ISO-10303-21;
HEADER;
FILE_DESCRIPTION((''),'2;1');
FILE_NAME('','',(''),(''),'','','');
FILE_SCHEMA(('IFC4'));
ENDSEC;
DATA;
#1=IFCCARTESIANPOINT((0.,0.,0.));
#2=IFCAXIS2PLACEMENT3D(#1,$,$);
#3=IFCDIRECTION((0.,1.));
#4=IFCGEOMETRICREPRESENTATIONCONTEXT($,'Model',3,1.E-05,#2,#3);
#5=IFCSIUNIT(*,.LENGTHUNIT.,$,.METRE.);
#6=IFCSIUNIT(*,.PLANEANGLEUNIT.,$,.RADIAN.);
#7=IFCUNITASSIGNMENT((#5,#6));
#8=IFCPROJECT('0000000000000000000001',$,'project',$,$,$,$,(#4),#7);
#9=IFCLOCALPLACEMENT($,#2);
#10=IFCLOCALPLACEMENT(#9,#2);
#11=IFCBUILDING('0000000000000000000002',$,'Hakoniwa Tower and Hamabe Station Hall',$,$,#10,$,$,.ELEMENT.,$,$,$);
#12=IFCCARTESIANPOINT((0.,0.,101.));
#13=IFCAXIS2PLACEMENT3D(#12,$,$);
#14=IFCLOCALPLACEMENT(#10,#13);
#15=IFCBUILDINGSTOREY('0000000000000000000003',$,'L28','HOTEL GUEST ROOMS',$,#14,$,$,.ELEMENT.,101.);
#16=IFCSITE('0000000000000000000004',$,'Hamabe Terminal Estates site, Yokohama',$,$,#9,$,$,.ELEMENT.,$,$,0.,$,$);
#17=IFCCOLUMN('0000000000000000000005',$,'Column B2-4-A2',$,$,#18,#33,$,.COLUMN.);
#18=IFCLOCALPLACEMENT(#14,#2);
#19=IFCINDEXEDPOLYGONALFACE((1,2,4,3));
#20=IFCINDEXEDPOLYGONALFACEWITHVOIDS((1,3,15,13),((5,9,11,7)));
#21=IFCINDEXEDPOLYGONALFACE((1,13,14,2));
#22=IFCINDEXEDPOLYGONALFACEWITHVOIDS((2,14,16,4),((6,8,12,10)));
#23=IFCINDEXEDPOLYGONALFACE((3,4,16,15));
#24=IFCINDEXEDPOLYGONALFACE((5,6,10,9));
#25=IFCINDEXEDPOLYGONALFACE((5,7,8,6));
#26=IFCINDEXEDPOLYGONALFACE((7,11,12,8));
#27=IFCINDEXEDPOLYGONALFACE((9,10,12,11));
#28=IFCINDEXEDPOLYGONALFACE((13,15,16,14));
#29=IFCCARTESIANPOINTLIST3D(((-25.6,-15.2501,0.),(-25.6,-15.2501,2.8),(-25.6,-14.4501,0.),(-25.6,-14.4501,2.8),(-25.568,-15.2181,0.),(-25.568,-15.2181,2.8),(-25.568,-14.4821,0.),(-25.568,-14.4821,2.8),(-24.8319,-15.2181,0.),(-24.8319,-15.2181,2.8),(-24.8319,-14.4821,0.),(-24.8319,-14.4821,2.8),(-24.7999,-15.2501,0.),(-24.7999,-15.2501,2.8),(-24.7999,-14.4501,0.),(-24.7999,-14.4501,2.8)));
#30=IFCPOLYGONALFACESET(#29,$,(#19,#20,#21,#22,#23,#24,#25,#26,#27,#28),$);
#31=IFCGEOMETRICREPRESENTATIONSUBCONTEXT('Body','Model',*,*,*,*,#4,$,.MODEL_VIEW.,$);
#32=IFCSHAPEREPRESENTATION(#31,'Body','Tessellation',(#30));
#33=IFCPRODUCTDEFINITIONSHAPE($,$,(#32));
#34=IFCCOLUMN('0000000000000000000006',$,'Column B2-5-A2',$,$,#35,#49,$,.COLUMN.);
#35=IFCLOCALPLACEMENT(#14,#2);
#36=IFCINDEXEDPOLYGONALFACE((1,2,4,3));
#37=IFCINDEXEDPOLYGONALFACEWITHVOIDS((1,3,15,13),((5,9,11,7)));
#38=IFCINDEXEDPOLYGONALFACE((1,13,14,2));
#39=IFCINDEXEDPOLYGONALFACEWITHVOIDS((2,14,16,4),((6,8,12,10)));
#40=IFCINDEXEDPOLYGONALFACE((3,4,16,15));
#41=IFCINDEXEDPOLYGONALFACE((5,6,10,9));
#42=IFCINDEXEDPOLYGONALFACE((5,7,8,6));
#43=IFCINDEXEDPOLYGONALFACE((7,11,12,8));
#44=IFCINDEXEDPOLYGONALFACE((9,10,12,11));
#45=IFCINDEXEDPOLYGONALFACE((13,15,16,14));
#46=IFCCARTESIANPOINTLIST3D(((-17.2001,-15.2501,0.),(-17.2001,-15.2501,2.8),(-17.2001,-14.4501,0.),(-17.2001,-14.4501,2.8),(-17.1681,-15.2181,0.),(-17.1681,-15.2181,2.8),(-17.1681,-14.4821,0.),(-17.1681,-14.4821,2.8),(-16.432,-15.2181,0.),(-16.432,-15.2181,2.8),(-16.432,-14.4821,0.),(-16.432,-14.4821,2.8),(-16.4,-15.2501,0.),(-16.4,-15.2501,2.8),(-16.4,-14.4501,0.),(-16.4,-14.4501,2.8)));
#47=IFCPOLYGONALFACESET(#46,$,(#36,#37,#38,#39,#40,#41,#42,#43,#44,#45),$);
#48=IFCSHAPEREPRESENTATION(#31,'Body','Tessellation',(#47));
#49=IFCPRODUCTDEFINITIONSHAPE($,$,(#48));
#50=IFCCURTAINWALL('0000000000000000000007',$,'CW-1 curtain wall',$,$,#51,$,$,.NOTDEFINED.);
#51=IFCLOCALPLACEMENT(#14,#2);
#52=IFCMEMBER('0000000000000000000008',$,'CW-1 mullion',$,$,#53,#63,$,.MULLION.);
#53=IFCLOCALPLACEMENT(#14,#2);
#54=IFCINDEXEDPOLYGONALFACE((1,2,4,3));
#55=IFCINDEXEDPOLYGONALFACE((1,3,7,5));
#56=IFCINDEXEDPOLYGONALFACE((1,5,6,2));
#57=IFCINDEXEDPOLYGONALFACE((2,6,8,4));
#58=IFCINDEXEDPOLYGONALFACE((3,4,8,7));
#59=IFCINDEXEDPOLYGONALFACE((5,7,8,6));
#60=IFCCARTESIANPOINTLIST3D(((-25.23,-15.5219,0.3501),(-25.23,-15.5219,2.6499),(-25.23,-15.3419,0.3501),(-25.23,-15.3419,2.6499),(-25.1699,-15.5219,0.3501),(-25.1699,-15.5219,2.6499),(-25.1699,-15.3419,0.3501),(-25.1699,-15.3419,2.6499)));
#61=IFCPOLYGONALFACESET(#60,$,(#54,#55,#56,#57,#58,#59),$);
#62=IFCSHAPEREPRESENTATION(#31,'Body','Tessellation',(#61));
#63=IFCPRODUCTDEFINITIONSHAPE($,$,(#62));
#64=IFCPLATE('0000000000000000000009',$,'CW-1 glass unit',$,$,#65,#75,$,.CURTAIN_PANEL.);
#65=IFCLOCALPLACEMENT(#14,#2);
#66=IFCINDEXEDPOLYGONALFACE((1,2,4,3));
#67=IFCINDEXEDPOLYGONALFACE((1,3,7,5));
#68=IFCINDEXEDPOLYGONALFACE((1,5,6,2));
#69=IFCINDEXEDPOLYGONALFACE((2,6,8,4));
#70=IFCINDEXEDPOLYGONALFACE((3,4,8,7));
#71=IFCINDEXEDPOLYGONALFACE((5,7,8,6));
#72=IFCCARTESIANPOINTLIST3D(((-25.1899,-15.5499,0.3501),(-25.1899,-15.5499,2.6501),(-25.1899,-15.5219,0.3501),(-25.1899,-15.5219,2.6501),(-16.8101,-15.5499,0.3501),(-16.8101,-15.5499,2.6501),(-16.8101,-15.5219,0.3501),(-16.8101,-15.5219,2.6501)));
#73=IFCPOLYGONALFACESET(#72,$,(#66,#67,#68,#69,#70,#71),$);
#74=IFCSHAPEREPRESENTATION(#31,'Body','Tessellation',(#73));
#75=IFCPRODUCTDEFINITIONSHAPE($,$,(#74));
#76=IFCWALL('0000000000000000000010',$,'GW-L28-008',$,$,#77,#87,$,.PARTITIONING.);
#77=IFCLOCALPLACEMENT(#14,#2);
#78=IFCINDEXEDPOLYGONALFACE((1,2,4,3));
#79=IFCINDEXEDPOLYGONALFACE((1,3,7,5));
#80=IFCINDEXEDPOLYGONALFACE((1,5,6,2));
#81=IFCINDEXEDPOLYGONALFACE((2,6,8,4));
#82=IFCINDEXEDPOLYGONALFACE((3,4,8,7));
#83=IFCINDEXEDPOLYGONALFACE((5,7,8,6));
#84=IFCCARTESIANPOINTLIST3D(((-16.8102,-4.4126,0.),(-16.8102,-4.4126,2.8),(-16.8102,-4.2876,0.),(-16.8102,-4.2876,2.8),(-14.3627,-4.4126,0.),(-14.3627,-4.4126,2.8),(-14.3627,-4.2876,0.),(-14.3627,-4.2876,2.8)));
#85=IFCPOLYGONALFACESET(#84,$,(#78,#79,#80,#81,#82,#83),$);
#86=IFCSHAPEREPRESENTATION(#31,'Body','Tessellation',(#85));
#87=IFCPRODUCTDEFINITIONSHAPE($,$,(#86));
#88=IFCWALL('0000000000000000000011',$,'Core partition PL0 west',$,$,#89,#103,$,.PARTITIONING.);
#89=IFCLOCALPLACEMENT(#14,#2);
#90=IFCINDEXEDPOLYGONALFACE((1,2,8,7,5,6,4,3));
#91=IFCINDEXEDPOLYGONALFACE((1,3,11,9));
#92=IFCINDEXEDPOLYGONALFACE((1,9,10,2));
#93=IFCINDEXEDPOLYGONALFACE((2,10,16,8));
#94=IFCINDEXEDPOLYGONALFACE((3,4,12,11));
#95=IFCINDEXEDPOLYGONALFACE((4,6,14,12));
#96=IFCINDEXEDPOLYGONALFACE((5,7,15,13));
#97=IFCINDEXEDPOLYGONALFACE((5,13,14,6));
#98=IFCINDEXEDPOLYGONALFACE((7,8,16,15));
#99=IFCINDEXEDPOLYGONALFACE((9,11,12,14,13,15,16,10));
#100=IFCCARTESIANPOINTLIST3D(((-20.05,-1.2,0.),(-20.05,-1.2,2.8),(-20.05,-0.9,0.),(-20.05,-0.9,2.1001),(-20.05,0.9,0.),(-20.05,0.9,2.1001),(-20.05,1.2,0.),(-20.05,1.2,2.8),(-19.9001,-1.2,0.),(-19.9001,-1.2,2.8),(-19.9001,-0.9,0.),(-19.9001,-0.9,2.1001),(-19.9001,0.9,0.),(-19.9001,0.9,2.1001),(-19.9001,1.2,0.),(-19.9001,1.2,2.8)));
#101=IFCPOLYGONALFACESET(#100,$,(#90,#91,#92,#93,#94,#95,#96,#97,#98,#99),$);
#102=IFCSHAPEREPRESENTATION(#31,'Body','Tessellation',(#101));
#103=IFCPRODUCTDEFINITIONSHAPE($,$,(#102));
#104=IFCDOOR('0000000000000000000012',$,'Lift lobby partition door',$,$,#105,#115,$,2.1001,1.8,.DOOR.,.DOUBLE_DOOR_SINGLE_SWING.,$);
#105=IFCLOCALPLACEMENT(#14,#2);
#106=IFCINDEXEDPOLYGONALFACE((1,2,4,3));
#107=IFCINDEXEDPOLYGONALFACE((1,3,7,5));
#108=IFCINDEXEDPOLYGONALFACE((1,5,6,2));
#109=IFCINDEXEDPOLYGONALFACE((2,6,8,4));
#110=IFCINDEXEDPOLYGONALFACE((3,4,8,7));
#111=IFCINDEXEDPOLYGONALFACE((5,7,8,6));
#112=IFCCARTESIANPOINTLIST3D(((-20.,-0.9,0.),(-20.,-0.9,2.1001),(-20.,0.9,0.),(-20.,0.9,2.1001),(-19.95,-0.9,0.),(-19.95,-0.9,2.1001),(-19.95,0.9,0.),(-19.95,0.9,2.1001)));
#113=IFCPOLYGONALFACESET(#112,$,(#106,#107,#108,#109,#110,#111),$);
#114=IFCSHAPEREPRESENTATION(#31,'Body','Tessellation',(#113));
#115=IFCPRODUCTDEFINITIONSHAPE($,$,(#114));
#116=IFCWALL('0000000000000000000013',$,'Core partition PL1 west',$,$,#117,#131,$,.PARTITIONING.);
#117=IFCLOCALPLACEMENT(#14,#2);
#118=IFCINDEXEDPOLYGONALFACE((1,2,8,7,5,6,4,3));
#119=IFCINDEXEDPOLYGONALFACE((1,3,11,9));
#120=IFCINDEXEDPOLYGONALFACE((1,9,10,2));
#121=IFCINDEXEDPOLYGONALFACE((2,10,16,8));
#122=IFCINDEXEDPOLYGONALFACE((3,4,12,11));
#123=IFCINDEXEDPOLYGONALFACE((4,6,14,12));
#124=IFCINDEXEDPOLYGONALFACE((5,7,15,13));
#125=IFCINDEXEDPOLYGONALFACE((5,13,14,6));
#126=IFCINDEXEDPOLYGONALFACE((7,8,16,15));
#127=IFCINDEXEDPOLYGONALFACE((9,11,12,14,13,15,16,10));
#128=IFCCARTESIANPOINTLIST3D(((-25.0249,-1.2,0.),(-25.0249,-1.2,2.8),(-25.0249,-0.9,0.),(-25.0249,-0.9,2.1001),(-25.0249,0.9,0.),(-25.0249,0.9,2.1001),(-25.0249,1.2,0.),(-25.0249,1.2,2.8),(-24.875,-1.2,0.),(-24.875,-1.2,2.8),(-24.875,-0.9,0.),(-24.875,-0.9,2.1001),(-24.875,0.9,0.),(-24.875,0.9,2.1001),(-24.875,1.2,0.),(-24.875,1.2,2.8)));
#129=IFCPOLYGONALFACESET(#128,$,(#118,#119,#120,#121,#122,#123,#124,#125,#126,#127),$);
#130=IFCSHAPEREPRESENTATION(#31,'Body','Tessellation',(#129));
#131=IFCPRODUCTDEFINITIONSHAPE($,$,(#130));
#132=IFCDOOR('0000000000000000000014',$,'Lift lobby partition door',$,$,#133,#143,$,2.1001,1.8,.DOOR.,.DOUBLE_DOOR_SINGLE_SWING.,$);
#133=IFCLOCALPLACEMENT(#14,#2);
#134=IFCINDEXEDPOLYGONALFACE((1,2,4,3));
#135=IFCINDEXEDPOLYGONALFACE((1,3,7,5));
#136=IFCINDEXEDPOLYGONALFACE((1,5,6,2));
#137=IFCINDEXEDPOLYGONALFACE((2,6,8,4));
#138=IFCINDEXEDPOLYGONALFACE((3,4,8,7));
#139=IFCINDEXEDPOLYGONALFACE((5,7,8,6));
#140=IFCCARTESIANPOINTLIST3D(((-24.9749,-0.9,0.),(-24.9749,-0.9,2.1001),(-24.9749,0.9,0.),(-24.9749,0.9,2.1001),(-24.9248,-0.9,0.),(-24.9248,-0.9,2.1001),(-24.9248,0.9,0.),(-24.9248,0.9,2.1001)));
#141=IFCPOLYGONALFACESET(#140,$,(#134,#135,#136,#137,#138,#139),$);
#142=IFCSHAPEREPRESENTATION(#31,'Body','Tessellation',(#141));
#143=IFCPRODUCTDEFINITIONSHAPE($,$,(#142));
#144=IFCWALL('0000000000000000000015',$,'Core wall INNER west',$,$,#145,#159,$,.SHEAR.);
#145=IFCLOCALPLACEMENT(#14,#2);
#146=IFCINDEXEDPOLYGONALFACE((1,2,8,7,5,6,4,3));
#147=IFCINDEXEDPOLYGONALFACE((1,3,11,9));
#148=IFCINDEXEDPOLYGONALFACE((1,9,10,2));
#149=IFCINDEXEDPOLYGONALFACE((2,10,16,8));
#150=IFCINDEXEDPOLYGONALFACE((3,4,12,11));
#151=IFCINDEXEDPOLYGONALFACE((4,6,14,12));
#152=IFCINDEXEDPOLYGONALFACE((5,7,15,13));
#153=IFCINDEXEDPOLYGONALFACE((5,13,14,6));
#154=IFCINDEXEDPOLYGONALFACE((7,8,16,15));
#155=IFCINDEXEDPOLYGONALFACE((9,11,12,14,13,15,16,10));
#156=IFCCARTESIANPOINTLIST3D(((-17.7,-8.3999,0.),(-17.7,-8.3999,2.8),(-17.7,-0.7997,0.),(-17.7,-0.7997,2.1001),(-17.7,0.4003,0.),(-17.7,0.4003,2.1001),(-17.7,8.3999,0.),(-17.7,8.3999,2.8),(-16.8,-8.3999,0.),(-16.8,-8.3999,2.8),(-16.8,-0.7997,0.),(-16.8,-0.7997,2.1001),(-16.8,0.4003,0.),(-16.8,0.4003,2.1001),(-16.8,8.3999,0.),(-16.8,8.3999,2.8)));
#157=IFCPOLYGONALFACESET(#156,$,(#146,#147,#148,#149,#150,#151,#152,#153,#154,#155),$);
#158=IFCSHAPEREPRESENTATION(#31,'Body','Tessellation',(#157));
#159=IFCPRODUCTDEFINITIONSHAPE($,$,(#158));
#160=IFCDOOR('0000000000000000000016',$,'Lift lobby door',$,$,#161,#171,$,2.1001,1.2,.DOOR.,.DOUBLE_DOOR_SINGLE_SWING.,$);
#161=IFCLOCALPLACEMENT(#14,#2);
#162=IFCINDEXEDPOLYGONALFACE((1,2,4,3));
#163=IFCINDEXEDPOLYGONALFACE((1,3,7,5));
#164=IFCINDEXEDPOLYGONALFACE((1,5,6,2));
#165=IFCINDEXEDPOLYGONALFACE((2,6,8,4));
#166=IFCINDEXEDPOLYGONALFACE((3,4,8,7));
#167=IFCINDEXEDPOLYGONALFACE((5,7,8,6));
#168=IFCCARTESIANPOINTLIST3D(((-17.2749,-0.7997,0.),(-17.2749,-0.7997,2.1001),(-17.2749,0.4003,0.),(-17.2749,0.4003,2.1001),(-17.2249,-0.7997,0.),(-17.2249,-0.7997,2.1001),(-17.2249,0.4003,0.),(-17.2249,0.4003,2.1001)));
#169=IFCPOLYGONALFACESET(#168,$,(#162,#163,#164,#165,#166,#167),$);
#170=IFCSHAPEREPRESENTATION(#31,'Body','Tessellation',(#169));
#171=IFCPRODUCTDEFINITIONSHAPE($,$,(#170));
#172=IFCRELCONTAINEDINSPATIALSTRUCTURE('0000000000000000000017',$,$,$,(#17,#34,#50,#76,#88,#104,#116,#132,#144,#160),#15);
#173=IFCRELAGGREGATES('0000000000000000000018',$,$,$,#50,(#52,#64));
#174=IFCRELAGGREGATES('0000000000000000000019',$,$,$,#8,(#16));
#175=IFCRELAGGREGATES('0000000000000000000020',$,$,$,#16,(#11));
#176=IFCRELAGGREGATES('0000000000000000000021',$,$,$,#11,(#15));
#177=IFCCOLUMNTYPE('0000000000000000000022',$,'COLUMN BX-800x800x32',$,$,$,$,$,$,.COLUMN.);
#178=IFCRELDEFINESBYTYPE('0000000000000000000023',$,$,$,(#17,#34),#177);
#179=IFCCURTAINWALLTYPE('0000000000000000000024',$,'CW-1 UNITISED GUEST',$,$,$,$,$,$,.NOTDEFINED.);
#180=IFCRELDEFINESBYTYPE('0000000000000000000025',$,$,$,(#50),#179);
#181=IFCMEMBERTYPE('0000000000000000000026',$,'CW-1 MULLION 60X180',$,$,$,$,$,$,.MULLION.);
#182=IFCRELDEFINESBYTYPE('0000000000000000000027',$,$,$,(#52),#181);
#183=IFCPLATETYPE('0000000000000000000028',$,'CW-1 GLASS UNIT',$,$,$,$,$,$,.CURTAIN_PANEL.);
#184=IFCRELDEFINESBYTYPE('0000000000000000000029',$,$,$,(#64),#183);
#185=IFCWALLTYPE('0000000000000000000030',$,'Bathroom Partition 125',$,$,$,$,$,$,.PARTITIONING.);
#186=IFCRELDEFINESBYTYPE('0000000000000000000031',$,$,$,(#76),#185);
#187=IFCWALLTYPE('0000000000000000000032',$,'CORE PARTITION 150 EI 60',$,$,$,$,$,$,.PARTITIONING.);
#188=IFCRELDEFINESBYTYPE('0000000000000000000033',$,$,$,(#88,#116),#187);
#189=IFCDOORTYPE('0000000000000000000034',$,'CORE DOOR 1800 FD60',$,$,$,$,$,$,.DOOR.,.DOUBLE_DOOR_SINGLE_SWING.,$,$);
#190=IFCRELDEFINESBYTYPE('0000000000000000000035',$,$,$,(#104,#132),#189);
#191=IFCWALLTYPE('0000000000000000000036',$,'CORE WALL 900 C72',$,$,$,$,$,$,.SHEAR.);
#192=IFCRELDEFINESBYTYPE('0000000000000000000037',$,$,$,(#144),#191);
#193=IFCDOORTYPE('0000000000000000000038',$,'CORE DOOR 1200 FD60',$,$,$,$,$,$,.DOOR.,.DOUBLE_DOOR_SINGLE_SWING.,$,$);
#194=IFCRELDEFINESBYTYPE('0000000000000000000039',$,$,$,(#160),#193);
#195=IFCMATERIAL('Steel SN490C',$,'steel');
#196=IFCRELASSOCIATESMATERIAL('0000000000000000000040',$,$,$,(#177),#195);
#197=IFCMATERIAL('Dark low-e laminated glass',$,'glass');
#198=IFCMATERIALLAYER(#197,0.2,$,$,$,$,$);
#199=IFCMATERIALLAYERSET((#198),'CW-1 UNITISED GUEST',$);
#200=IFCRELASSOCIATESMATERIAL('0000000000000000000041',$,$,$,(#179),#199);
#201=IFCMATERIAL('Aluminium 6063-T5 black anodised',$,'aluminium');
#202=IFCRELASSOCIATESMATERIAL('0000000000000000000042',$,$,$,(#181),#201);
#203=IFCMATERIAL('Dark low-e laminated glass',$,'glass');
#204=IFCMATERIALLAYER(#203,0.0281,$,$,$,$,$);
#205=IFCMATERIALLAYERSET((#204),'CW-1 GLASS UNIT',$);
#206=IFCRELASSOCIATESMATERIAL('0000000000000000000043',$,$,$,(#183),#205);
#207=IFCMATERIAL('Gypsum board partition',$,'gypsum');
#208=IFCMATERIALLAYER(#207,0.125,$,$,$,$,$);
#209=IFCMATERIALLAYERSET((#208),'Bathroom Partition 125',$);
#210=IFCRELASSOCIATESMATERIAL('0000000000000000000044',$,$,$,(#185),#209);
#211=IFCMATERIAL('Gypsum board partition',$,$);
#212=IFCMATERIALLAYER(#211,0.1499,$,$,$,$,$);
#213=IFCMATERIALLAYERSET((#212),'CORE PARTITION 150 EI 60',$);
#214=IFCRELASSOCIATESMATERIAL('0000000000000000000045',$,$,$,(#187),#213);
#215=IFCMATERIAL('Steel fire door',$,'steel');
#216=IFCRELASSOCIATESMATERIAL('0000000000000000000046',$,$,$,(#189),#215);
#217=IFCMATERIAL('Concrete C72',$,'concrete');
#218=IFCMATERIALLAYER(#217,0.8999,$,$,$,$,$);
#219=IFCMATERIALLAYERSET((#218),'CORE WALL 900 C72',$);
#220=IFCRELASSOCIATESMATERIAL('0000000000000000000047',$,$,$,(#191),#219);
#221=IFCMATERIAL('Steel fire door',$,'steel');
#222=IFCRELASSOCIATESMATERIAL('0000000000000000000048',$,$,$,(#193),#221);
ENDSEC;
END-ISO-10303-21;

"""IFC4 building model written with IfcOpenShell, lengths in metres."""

from ifc_helpers import new_model, si_unit, direction, frame, frame_2d, origin, origin_2d, place, context, subcontext, project, spatial, rectangle, hollow_rectangle, extrude, material, layer, layer_set, material_profile, profile_set, type_object, element, fill, aggregate, save


model = new_model("IFC4")

# Units and contexts
model_context = context("Model", 3, precision=1e-05, world=origin(), true_north=direction((0.0, 1.0)))
body_context = subcontext(model_context, "Body", "Model", "MODEL_VIEW")
ifc_project = project(units=[si_unit("LENGTHUNIT", "METRE"), si_unit("PLANEANGLEUNIT", "RADIAN")], contexts=[model_context])

# Site, building, storey
site_placement = place(None, origin())
site = spatial("IfcSite", under=ifc_project, at=site_placement, Name="Hamabe Terminal Estates site, Yokohama", CompositionType="ELEMENT", RefElevation=0.0)
building_placement = place(site_placement, origin())
building = spatial("IfcBuilding", under=site, at=building_placement, Name="Hakoniwa Tower and Hamabe Station Hall", CompositionType="ELEMENT")
storey_placement = place(building_placement, frame((0.0, 0.0, 101.0)))
storey = spatial("IfcBuildingStorey", under=building, at=storey_placement, Name="L28", Description="HOTEL GUEST ROOMS", CompositionType="ELEMENT", Elevation=101.0)

# Columns
ifc_material_1 = material(Name="Steel SN490C", Category="steel")
ifc_material_profile_1 = material_profile(ifc_material_1, hollow_rectangle(XDim=0.8, YDim=0.8, WallThickness=0.032, at=origin_2d()), Name="BX-800x800x32")
ifc_profile_set_1 = profile_set([ifc_material_profile_1], Name="Steel SN490C")
column_type = type_object("IfcColumnType", Name="COLUMN BX-800x800x32", PredefinedType="COLUMN", material=ifc_profile_set_1)
for number, where, z_axis, x_axis, name in (
    (1, (-25.2, -14.8501, 0.0), (0.0, 0.0, 1.0), (1.0, 0.0, 0.0), "Column B2-4-A2"),
    (2, (-16.8, -14.8501, 0.0), (0.0, 0.0, 1.0), (1.0, 0.0, 0.0), "Column B2-5-A2"),
):
    element("IfcColumn", number, at=place(storey_placement, frame(where, z_axis=z_axis, x_axis=x_axis)), inside=storey, type_object=column_type, Name=name, PredefinedType="COLUMN", context=body_context, shape_type="SweptSolid", body=[
        extrude(hollow_rectangle(XDim=0.8, YDim=0.8, WallThickness=0.032, at=origin_2d()), origin(), (0.0, 0.0, 1.0), 2.8),
    ])

# Curtain wall, member, plate
ifc_material_2 = material(Name="Dark low-e laminated glass", Category="glass")
ifc_layer_1 = layer(ifc_material_2, 0.2)
ifc_layer_set_1 = layer_set([ifc_layer_1], Name="CW-1 UNITISED GUEST")
curtain_wall_type = type_object("IfcCurtainWallType", Name="CW-1 UNITISED GUEST", PredefinedType="NOTDEFINED", material=ifc_layer_set_1)
curtain_wall_placement = place(storey_placement, origin())
curtain_wall = element("IfcCurtainWall", 3, at=curtain_wall_placement, inside=storey, type_object=curtain_wall_type, Name="CW-1 curtain wall", PredefinedType="NOTDEFINED")
ifc_material_3 = material(Name="Aluminium 6063-T5 black anodised", Category="aluminium")
ifc_material_profile_2 = material_profile(ifc_material_3, rectangle(XDim=0.0601, YDim=0.1799, at=origin_2d()), Name="CW-1 MULLION 60X180")
ifc_profile_set_2 = profile_set([ifc_material_profile_2], Name="Aluminium 6063-T5 black anodised")
member_type = type_object("IfcMemberType", Name="CW-1 MULLION 60X180", PredefinedType="MULLION", material=ifc_profile_set_2)
member_placement = place(storey_placement, frame((-25.2, -15.4319, 0.3501), z_axis=(0.0, 0.0, 1.0), x_axis=(1.0, 0.0, 0.0)))
member = element("IfcMember", 4, at=member_placement, type_object=member_type, Name="CW-1 mullion", PredefinedType="MULLION", context=body_context, shape_type="SweptSolid", body=[
    extrude(rectangle(XDim=0.0601, YDim=0.1799, at=origin_2d()), origin(), (0.0, 0.0, 1.0), 2.2998),
])
ifc_material_4 = material(Name="Dark low-e laminated glass", Category="glass")
ifc_layer_2 = layer(ifc_material_4, 0.0281)
ifc_layer_set_2 = layer_set([ifc_layer_2], Name="CW-1 GLASS UNIT")
plate_type = type_object("IfcPlateType", Name="CW-1 GLASS UNIT", PredefinedType="CURTAIN_PANEL", material=ifc_layer_set_2)
plate_placement = place(storey_placement, frame((-21.0, -15.5359, 0.3501), z_axis=(0.0, 0.0, 1.0), x_axis=(1.0, 0.0, 0.0)))
plate = element("IfcPlate", 5, at=plate_placement, type_object=plate_type, Name="CW-1 glass unit", PredefinedType="CURTAIN_PANEL", context=body_context, shape_type="SweptSolid", body=[
    extrude(rectangle(XDim=8.3799, YDim=0.0281, at=origin_2d()), origin(), (0.0, 0.0, 1.0), 2.3),
])
aggregate(curtain_wall, [member, plate])

# Wall
ifc_material_5 = material(Name="Gypsum board partition", Category="gypsum")
ifc_layer_3 = layer(ifc_material_5, 0.125)
ifc_layer_set_3 = layer_set([ifc_layer_3], Name="Bathroom Partition 125")
wall_type_1 = type_object("IfcWallType", Name="Bathroom Partition 125", PredefinedType="PARTITIONING", material=ifc_layer_set_3)
wall_1_placement = place(storey_placement, frame((-16.8101, -4.3501, 0.0), z_axis=(0.0, 0.0, 1.0), x_axis=(1.0, 0.0, 0.0)))
element("IfcWall", 6, at=wall_1_placement, inside=storey, type_object=wall_type_1, Name="GW-L28-008", PredefinedType="PARTITIONING", context=body_context, shape_type="SweptSolid", body=[
    extrude(rectangle(XDim=2.4475, YDim=0.125, at=frame_2d((1.2236, 0.0))), origin(), (0.0, 0.0, 1.0), 2.8),
])

# Walls, openings, doors
ifc_material_6 = material(Name="Gypsum board partition")
ifc_layer_4 = layer(ifc_material_6, 0.1499)
ifc_layer_set_4 = layer_set([ifc_layer_4], Name="CORE PARTITION 150 EI 60")
wall_type_2 = type_object("IfcWallType", Name="CORE PARTITION 150 EI 60", PredefinedType="PARTITIONING", material=ifc_layer_set_4)
wall_2_placement = place(storey_placement, frame((-19.9751, -1.2, 0.0), z_axis=(0.0, 0.0, 1.0), x_axis=(0.0, 1.0, 0.0)))
wall_2 = element("IfcWall", 7, at=wall_2_placement, inside=storey, type_object=wall_type_2, Name="Core partition PL0 west", PredefinedType="PARTITIONING", context=body_context, shape_type="SweptSolid", body=[
    extrude(rectangle(XDim=2.3999, YDim=0.1499, at=frame_2d((1.2, 0.0))), origin(), (0.0, 0.0, 1.0), 2.8),
])
opening_1_placement = place(wall_2_placement, frame((0.3, 0.0, 0.0)))
opening_1 = element("IfcOpeningElement", 8, at=opening_1_placement, cuts=wall_2, PredefinedType="OPENING", context=body_context, shape_type="SweptSolid", body=[
    extrude(rectangle(XDim=1.8, YDim=2.1001, at=frame_2d((0.8999, 1.05))), frame((0.0, 0.085, 0.0), z_axis=(0.0, -1.0, 0.0), x_axis=(1.0, 0.0, 0.0)), (0.0, 0.0, 1.0), 0.1699),
])
ifc_material_7 = material(Name="Steel fire door", Category="steel")
door_type_1 = type_object("IfcDoorType", Name="CORE DOOR 1800 FD60", OperationType="DOUBLE_DOOR_SINGLE_SWING", PredefinedType="DOOR", material=ifc_material_7)
door_1_placement = place(opening_1_placement, origin())
door_1 = element("IfcDoor", 9, at=door_1_placement, inside=storey, type_object=door_type_1, Name="Lift lobby partition door", OperationType="DOUBLE_DOOR_SINGLE_SWING", OverallHeight=2.1001, OverallWidth=1.8, PredefinedType="DOOR", context=body_context, shape_type="SweptSolid", body=[
    extrude(rectangle(XDim=1.8, YDim=2.1001, at=frame_2d((0.8999, 1.05))), frame((0.0, 0.0249, 0.0), z_axis=(0.0, -1.0, 0.0), x_axis=(1.0, 0.0, 0.0)), (0.0, 0.0, 1.0), 0.05),
])
fill(opening_1, door_1)
wall_3_placement = place(storey_placement, frame((-24.95, -1.2, 0.0), z_axis=(0.0, 0.0, 1.0), x_axis=(0.0, 1.0, 0.0)))
wall_3 = element("IfcWall", 10, at=wall_3_placement, inside=storey, type_object=wall_type_2, Name="Core partition PL1 west", PredefinedType="PARTITIONING", context=body_context, shape_type="SweptSolid", body=[
    extrude(rectangle(XDim=2.3999, YDim=0.1499, at=frame_2d((1.2, 0.0))), origin(), (0.0, 0.0, 1.0), 2.8),
])
opening_2_placement = place(wall_3_placement, frame((0.3, 0.0, 0.0)))
opening_2 = element("IfcOpeningElement", 11, at=opening_2_placement, cuts=wall_3, PredefinedType="OPENING", context=body_context, shape_type="SweptSolid", body=[
    extrude(rectangle(XDim=1.8, YDim=2.1001, at=frame_2d((0.8999, 1.05))), frame((0.0, 0.085, 0.0), z_axis=(0.0, -1.0, 0.0), x_axis=(1.0, 0.0, 0.0)), (0.0, 0.0, 1.0), 0.1699),
])
door_2_placement = place(opening_2_placement, origin())
door_2 = element("IfcDoor", 12, at=door_2_placement, inside=storey, type_object=door_type_1, Name="Lift lobby partition door", OperationType="DOUBLE_DOOR_SINGLE_SWING", OverallHeight=2.1001, OverallWidth=1.8, PredefinedType="DOOR", context=body_context, shape_type="SweptSolid", body=[
    extrude(rectangle(XDim=1.8, YDim=2.1001, at=frame_2d((0.8999, 1.05))), frame((0.0, 0.0249, 0.0), z_axis=(0.0, -1.0, 0.0), x_axis=(1.0, 0.0, 0.0)), (0.0, 0.0, 1.0), 0.05),
])
fill(opening_2, door_2)
ifc_material_8 = material(Name="Concrete C72", Category="concrete")
ifc_layer_5 = layer(ifc_material_8, 0.8999)
ifc_layer_set_5 = layer_set([ifc_layer_5], Name="CORE WALL 900 C72")
wall_type_3 = type_object("IfcWallType", Name="CORE WALL 900 C72", PredefinedType="SHEAR", material=ifc_layer_set_5)
wall_4_placement = place(storey_placement, frame((-17.25, -8.3999, 0.0), z_axis=(0.0, 0.0, 1.0), x_axis=(0.0, 1.0, 0.0)))
wall_4 = element("IfcWall", 13, at=wall_4_placement, inside=storey, type_object=wall_type_3, Name="Core wall INNER west", PredefinedType="SHEAR", context=body_context, shape_type="SweptSolid", body=[
    extrude(rectangle(XDim=16.7998, YDim=0.8999, at=frame_2d((8.3999, 0.0))), origin(), (0.0, 0.0, 1.0), 2.8),
])
opening_3_placement = place(wall_4_placement, frame((7.6001, 0.0, 0.0)))
opening_3 = element("IfcOpeningElement", 14, at=opening_3_placement, cuts=wall_4, PredefinedType="OPENING", context=body_context, shape_type="SweptSolid", body=[
    extrude(rectangle(XDim=1.2, YDim=2.1001, at=frame_2d((0.6001, 1.05))), frame((0.0, 0.46, 0.0), z_axis=(0.0, -1.0, 0.0), x_axis=(1.0, 0.0, 0.0)), (0.0, 0.0, 1.0), 0.9199),
])
ifc_material_9 = material(Name="Steel fire door", Category="steel")
door_type_2 = type_object("IfcDoorType", Name="CORE DOOR 1200 FD60", OperationType="DOUBLE_DOOR_SINGLE_SWING", PredefinedType="DOOR", material=ifc_material_9)
door_3_placement = place(opening_3_placement, origin())
door_3 = element("IfcDoor", 15, at=door_3_placement, inside=storey, type_object=door_type_2, Name="Lift lobby door", OperationType="DOUBLE_DOOR_SINGLE_SWING", OverallHeight=2.1001, OverallWidth=1.2, PredefinedType="DOOR", context=body_context, shape_type="SweptSolid", body=[
    extrude(rectangle(XDim=1.2, YDim=2.1001, at=frame_2d((0.6001, 1.05))), frame((0.0, 0.0249, 0.0), z_axis=(0.0, -1.0, 0.0), x_axis=(1.0, 0.0, 0.0)), (0.0, 0.0, 1.0), 0.05),
])
fill(opening_3, door_3)

save(model, "model.ifc")
